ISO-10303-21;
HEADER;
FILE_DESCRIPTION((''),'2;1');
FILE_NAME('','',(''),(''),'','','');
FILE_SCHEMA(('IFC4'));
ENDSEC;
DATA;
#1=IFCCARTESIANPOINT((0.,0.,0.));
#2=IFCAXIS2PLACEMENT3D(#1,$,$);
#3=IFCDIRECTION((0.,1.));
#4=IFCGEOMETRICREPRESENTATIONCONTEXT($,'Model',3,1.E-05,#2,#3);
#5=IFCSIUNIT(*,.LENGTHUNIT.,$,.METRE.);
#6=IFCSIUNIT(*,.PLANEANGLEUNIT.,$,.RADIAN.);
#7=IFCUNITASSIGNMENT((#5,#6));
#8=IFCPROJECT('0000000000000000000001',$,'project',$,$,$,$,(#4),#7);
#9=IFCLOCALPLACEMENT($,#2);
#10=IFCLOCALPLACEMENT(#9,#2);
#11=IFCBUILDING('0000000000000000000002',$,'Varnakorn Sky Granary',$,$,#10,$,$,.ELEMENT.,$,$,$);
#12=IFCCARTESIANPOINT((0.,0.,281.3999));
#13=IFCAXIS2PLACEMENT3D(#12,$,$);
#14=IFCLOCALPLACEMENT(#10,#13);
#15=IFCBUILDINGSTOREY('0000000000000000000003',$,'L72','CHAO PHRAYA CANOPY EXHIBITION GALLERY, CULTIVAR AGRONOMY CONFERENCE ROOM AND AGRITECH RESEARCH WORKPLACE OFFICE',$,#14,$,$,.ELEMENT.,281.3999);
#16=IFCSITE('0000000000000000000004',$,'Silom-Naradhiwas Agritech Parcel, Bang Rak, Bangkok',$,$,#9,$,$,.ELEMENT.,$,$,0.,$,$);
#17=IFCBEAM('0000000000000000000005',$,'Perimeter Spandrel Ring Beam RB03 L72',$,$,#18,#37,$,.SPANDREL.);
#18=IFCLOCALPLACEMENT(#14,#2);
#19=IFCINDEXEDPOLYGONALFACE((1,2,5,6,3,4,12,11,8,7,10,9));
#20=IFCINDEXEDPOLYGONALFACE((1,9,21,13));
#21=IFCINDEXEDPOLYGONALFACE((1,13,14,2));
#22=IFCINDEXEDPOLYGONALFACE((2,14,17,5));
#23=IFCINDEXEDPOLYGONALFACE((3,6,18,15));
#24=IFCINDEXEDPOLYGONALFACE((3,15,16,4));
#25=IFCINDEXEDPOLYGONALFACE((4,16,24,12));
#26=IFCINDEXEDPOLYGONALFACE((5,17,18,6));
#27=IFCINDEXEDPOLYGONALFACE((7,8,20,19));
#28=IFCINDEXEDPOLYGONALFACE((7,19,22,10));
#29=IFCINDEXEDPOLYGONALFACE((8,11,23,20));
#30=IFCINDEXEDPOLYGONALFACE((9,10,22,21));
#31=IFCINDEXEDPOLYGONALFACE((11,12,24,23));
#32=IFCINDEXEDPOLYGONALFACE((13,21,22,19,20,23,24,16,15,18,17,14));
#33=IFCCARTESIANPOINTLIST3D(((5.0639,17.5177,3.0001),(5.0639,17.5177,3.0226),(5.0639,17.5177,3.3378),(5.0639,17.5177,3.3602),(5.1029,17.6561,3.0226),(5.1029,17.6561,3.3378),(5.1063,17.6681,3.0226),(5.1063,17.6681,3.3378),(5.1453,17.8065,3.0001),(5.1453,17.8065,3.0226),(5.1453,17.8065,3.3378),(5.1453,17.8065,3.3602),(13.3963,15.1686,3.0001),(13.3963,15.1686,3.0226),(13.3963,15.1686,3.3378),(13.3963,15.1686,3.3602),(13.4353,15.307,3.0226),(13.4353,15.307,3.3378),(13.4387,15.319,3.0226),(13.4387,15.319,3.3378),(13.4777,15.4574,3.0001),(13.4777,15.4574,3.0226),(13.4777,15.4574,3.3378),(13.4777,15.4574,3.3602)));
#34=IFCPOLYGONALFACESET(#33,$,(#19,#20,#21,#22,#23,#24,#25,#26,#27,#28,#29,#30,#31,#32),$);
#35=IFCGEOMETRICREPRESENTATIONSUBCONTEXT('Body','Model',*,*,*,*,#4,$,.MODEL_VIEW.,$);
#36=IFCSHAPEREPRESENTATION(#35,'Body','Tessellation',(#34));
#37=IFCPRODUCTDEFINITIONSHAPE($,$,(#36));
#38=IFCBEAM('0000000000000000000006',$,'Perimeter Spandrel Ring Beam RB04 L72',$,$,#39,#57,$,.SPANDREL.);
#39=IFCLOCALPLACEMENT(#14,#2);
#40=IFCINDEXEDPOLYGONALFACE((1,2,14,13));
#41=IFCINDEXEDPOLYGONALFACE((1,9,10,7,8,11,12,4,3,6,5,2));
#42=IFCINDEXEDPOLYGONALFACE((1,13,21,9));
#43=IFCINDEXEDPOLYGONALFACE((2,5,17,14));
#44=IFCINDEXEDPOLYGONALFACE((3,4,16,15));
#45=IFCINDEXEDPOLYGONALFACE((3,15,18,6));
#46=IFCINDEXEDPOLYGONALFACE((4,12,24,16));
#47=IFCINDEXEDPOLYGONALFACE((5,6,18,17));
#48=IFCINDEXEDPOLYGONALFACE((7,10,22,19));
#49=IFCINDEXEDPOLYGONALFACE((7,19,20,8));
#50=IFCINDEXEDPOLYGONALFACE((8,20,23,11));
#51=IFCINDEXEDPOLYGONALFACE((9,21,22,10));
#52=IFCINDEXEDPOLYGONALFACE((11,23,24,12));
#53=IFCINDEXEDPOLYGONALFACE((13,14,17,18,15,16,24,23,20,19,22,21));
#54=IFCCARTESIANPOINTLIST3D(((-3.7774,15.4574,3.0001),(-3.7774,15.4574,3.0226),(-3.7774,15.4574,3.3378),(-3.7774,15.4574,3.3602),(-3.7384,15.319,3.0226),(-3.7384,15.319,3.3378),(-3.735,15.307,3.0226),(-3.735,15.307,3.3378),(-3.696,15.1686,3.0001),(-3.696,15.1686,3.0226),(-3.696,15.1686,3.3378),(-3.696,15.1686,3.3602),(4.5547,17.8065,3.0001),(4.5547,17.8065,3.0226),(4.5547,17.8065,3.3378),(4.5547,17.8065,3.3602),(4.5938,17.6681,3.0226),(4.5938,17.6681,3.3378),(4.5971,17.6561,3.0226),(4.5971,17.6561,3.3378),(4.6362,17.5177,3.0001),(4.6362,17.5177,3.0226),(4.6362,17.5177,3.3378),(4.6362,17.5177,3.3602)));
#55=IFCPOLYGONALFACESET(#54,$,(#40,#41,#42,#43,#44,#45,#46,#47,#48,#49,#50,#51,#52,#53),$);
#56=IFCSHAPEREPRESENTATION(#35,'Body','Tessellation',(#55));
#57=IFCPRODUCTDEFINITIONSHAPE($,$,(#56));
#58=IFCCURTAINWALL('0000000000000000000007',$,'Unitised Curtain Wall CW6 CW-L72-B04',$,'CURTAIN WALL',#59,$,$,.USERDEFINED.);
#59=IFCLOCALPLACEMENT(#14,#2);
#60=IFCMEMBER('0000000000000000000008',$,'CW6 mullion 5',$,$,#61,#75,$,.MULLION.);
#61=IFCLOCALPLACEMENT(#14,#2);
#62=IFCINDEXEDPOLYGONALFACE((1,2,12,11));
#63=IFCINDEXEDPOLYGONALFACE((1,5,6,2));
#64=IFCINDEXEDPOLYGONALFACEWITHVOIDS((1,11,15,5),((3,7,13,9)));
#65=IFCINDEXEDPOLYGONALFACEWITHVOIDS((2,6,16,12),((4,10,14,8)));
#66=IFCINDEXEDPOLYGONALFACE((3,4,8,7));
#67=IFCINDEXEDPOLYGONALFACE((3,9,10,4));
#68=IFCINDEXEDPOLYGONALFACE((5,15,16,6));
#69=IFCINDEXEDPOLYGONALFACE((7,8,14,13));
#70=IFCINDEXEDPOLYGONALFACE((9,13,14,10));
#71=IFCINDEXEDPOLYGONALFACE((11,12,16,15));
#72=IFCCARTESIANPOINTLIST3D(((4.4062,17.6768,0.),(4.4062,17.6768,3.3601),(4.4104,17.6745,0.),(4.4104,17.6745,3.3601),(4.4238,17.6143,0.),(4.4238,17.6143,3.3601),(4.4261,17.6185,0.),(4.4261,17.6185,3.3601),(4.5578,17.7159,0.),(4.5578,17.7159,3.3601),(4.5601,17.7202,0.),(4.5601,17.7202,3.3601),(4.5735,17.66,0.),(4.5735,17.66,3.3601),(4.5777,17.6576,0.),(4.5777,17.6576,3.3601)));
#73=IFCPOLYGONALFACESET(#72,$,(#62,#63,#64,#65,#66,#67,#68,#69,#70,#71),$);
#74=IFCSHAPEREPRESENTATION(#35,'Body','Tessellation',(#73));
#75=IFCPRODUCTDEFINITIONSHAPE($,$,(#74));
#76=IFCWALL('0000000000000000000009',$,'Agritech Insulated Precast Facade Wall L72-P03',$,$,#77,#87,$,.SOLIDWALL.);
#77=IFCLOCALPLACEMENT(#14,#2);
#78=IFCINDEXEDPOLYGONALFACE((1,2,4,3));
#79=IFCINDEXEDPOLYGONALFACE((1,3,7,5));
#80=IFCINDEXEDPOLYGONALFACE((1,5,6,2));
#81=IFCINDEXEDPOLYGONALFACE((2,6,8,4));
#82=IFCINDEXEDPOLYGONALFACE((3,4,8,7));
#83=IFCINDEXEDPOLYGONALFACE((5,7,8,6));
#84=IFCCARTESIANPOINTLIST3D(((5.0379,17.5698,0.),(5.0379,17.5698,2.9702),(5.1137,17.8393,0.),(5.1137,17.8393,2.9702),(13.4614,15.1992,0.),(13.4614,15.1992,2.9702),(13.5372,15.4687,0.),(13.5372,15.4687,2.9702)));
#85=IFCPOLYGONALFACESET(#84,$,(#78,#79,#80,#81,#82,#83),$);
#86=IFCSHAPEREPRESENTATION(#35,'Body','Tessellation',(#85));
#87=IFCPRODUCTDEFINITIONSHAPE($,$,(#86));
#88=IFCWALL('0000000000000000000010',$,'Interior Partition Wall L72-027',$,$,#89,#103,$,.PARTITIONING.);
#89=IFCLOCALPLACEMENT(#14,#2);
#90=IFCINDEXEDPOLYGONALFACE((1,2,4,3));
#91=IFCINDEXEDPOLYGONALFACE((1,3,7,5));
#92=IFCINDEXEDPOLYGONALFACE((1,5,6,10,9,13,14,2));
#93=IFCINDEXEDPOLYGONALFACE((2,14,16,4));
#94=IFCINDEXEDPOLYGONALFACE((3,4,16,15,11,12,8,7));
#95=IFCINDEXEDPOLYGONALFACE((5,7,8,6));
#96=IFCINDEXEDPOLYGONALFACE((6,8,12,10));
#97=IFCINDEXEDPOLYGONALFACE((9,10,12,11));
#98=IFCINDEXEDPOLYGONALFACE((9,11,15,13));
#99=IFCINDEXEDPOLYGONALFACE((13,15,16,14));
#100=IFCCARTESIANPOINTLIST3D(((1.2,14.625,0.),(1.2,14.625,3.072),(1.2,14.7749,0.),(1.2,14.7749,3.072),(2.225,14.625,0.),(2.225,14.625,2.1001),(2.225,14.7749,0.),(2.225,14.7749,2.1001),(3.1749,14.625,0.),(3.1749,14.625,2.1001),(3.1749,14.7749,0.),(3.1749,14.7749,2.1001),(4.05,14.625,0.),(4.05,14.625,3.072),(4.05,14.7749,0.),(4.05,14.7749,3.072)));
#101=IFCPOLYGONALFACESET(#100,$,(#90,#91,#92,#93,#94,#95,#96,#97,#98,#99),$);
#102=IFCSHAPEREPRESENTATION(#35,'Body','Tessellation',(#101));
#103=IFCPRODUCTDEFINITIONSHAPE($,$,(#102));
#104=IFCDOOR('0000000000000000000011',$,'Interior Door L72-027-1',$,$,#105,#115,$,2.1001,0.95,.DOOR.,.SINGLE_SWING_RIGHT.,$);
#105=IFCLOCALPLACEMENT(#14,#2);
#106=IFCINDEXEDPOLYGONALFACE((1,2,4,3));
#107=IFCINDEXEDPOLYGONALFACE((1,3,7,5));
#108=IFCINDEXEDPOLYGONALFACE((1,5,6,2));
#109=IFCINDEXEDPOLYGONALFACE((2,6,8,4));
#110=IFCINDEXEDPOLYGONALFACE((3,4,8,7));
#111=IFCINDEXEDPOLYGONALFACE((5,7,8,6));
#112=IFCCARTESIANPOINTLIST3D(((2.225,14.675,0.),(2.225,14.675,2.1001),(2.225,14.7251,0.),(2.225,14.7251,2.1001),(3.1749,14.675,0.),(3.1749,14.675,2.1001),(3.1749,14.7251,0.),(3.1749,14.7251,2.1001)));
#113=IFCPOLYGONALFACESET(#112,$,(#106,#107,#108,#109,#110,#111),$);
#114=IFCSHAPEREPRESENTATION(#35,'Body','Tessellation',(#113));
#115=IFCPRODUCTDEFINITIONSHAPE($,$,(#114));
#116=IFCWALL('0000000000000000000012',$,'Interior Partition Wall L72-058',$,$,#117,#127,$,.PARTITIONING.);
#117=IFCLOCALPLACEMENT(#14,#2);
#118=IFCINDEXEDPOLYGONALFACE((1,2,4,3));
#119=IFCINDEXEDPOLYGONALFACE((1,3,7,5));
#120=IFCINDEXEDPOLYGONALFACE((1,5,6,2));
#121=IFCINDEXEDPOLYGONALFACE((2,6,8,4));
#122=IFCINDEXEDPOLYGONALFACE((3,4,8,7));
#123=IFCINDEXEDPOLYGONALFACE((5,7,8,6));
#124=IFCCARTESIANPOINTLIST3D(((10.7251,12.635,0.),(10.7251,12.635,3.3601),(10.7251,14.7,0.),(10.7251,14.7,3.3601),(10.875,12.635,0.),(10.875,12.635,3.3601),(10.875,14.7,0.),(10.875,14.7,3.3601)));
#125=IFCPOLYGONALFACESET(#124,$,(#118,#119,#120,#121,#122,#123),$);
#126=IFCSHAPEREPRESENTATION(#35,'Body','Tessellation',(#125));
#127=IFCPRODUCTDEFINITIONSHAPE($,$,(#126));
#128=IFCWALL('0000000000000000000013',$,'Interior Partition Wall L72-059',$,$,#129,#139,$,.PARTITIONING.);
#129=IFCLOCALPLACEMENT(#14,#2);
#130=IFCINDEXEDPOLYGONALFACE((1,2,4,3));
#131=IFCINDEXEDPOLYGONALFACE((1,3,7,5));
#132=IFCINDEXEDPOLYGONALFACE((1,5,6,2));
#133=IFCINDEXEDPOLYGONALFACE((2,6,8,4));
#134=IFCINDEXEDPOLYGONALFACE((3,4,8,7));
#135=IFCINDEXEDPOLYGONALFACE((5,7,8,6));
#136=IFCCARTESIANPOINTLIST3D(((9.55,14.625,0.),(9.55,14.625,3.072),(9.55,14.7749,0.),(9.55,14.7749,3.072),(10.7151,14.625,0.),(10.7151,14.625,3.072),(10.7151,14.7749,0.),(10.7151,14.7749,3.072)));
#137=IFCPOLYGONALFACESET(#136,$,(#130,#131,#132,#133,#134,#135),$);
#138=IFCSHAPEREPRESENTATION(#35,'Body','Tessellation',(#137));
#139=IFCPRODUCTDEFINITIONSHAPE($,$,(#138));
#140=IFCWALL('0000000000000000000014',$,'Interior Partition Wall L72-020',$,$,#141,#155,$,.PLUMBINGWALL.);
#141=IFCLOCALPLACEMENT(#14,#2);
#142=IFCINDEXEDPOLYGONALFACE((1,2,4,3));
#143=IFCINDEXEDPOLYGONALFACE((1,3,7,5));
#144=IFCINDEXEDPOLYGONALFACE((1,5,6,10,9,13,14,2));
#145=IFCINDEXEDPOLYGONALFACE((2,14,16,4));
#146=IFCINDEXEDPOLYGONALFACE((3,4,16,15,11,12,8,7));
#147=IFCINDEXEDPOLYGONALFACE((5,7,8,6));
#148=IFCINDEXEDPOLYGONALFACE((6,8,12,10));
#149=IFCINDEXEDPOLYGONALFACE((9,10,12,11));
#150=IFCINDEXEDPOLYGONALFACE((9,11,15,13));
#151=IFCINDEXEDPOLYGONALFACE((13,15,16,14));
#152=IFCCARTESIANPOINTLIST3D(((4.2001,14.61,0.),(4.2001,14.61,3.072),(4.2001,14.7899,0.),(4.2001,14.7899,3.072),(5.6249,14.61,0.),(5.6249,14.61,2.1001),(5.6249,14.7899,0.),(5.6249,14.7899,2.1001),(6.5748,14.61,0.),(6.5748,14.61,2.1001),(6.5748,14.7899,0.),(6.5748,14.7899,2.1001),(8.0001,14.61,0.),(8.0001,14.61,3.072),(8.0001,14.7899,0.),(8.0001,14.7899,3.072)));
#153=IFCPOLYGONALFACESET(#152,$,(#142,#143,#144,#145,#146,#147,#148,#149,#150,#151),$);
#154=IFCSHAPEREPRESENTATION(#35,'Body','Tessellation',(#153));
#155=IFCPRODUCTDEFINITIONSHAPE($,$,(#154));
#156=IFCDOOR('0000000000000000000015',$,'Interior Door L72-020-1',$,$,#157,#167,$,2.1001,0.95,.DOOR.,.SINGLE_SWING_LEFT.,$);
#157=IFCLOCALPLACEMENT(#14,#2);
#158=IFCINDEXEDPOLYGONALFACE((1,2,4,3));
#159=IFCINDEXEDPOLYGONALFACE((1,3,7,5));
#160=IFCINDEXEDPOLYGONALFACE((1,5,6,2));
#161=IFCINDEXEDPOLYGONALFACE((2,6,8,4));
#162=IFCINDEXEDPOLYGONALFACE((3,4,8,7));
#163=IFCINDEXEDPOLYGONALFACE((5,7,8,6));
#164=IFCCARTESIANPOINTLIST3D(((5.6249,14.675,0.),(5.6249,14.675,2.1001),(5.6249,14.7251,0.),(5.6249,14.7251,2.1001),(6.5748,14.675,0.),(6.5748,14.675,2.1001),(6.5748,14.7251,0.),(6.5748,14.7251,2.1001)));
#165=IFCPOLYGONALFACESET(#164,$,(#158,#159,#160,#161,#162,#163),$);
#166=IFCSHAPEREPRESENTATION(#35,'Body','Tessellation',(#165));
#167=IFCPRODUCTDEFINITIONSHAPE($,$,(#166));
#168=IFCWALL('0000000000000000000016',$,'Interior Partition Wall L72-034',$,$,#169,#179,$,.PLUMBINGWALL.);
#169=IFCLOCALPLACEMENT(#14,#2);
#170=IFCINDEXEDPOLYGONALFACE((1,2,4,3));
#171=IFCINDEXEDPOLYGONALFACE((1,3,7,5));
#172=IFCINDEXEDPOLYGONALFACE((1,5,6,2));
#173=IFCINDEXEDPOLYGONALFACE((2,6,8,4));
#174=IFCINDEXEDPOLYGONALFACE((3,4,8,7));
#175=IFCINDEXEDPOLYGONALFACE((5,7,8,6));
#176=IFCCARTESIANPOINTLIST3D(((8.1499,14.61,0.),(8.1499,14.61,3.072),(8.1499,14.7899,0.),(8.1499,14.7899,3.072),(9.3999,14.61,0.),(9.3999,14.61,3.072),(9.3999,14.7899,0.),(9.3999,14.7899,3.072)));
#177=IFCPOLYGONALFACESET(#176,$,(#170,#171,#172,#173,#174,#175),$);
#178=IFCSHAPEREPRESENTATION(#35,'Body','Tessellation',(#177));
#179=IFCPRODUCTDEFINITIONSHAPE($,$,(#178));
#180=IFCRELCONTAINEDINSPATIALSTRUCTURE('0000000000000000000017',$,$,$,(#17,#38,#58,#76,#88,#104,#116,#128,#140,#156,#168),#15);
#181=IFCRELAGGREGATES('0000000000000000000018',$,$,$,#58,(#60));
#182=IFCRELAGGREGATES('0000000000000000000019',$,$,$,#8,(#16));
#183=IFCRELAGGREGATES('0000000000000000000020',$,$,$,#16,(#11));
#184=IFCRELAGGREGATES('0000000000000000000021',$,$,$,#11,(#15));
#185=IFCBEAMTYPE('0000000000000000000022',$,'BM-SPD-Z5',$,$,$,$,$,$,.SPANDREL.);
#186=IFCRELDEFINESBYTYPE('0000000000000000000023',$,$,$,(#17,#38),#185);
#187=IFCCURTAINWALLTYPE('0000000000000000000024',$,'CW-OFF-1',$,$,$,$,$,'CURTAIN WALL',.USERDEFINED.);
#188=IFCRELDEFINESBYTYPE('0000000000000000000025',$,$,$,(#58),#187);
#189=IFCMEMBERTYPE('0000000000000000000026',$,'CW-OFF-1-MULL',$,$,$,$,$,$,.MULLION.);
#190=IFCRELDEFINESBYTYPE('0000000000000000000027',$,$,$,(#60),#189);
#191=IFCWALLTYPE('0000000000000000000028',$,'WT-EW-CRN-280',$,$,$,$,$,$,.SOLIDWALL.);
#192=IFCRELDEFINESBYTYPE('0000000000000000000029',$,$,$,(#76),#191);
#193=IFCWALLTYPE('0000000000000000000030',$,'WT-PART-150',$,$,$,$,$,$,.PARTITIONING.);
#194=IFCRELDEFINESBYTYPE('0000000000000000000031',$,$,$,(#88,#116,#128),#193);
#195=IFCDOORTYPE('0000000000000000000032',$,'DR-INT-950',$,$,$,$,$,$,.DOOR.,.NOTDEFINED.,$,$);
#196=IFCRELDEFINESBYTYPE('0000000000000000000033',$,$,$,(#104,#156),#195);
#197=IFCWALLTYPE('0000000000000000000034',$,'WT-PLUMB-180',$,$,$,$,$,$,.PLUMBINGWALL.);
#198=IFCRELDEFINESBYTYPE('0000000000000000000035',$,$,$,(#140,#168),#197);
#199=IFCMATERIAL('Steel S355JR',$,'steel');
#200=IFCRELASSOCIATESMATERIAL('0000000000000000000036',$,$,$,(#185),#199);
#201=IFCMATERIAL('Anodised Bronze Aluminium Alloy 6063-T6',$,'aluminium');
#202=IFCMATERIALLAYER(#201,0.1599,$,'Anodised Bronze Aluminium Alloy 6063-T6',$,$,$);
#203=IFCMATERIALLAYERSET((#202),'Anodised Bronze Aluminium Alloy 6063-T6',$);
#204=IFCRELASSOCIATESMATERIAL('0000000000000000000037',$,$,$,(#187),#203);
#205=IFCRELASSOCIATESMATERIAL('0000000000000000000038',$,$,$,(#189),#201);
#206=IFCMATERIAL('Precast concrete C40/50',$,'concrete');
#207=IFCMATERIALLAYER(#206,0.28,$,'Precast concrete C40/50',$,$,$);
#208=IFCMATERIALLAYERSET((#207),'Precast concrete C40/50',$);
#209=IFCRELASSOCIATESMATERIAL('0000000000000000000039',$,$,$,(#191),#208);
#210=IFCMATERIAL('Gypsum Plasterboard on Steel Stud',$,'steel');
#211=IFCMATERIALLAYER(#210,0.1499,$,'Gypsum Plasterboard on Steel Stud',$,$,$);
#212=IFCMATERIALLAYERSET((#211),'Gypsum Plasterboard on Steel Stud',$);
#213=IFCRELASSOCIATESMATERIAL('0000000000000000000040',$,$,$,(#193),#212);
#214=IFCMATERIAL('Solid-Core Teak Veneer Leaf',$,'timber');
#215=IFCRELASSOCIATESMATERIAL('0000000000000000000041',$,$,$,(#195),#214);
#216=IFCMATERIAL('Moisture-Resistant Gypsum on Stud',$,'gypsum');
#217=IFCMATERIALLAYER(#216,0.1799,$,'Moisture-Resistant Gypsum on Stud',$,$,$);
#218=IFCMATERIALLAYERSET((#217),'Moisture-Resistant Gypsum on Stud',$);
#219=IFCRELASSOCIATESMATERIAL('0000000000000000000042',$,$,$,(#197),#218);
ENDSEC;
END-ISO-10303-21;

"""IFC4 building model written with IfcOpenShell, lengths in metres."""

from ifc_helpers import new_model, si_unit, direction, frame, frame_2d, origin, origin_2d, place, context, subcontext, project, spatial, rectangle, hollow_rectangle, i_section, extrude, material, layer, layer_set, material_profile, profile_set, type_object, element, fill, aggregate, save


model = new_model("IFC4")

# Units and contexts
model_context = context("Model", 3, precision=1e-05, world=origin(), true_north=direction((0.0, 1.0)))
body_context = subcontext(model_context, "Body", "Model", "MODEL_VIEW")
ifc_project = project(units=[si_unit("LENGTHUNIT", "METRE"), si_unit("PLANEANGLEUNIT", "RADIAN")], contexts=[model_context])

# Site, building, storey
site_placement = place(None, origin())
site = spatial("IfcSite", under=ifc_project, at=site_placement, Name="Silom-Naradhiwas Agritech Parcel, Bang Rak, Bangkok", CompositionType="ELEMENT", RefElevation=0.0)
building_placement = place(site_placement, origin())
building = spatial("IfcBuilding", under=site, at=building_placement, Name="Varnakorn Sky Granary", CompositionType="ELEMENT")
storey_placement = place(building_placement, frame((0.0, 0.0, 281.3999)))
storey = spatial("IfcBuildingStorey", under=building, at=storey_placement, Name="L72", Description="CHAO PHRAYA CANOPY EXHIBITION GALLERY, CULTIVAR AGRONOMY CONFERENCE ROOM AND AGRITECH RESEARCH WORKPLACE OFFICE", CompositionType="ELEMENT", Elevation=281.3999)

# Beams
ifc_material_1 = material(Name="Steel S355JR", Category="steel")
ifc_material_profile_1 = material_profile(ifc_material_1, i_section(OverallWidth=0.3, OverallDepth=0.3601, WebThickness=0.0125, FlangeThickness=0.0225, at=origin_2d()), Name="HE 360 B")
ifc_profile_set_1 = profile_set([ifc_material_profile_1], Name="Steel S355JR")
beam_type_1 = type_object("IfcBeamType", Name="BM-SPD-Z5", PredefinedType="SPANDREL", material=ifc_profile_set_1)
beam_1_placement = place(storey_placement, frame((13.437, 15.313, 3.1802), z_axis=(-0.962482, 0.271345, 0.0), x_axis=(-0.271345, -0.962482, 0.0)))
element("IfcBeam", 1, at=beam_1_placement, inside=storey, type_object=beam_type_1, Name="Perimeter Spandrel Ring Beam RB03 L72", PredefinedType="SPANDREL", context=body_context, shape_type="SweptSolid", body=[
    extrude(i_section(OverallWidth=0.3, OverallDepth=0.3601, WebThickness=0.0125, FlangeThickness=0.0225, at=origin_2d()), origin(), (0.0, 0.0, 1.0), 8.6572),
])
beam_2_placement = place(storey_placement, frame((4.5955, 17.6621, 3.1802), z_axis=(-0.96248, -0.271352, 0.0), x_axis=(0.271352, -0.96248, 0.0)))
element("IfcBeam", 2, at=beam_2_placement, inside=storey, type_object=beam_type_1, Name="Perimeter Spandrel Ring Beam RB04 L72", PredefinedType="SPANDREL", context=body_context, shape_type="SweptSolid", body=[
    extrude(i_section(OverallWidth=0.3, OverallDepth=0.3601, WebThickness=0.0125, FlangeThickness=0.0225, at=origin_2d()), origin(), (0.0, 0.0, 1.0), 8.657),
])

# Curtain wall, member
ifc_material_2 = material(Name="Anodised Bronze Aluminium Alloy 6063-T6", Category="aluminium")
ifc_layer_1 = layer(ifc_material_2, 0.1599, Name="Anodised Bronze Aluminium Alloy 6063-T6")
ifc_layer_set_1 = layer_set([ifc_layer_1], Name="Anodised Bronze Aluminium Alloy 6063-T6")
curtain_wall_type = type_object("IfcCurtainWallType", Name="CW-OFF-1", ElementType="CURTAIN WALL", PredefinedType="USERDEFINED", material=ifc_layer_set_1)
curtain_wall_placement = place(storey_placement, origin())
curtain_wall = element("IfcCurtainWall", 3, at=curtain_wall_placement, inside=storey, type_object=curtain_wall_type, Name="Unitised Curtain Wall CW6 CW-L72-B04", ObjectType="CURTAIN WALL", PredefinedType="USERDEFINED")
ifc_material_profile_2 = material_profile(ifc_material_2, hollow_rectangle(XDim=0.0649, YDim=0.1599, WallThickness=0.0034, at=origin_2d()), Name="ALU MULL 65x160")
ifc_profile_set_2 = profile_set([ifc_material_profile_2], Name="Anodised Bronze Aluminium Alloy 6063-T6")
member_type = type_object("IfcMemberType", Name="CW-OFF-1-MULL", PredefinedType="MULLION", material=ifc_profile_set_2)
member_placement = place(storey_placement, frame((4.4919, 17.6672, 0.0), z_axis=(0.0, 0.0, 1.0), x_axis=(-0.270868, 0.962616, 0.0)))
member = element("IfcMember", 4, at=member_placement, type_object=member_type, Name="CW6 mullion 5", PredefinedType="MULLION", context=body_context, shape_type="SweptSolid", body=[
    extrude(hollow_rectangle(XDim=0.0649, YDim=0.1599, WallThickness=0.0034, at=origin_2d()), origin(), (0.0, 0.0, 1.0), 3.3601),
])
aggregate(curtain_wall, [member])

# Wall
ifc_material_3 = material(Name="Precast concrete C40/50", Category="concrete")
ifc_layer_2 = layer(ifc_material_3, 0.28, Name="Precast concrete C40/50")
ifc_layer_set_2 = layer_set([ifc_layer_2], Name="Precast concrete C40/50")
wall_type_1 = type_object("IfcWallType", Name="WT-EW-CRN-280", PredefinedType="SOLIDWALL", material=ifc_layer_set_2)
wall_1_placement = place(storey_placement, frame((5.0757, 17.7046, 0.0), z_axis=(0.0, 0.0, 1.0), x_axis=(0.962607, -0.270902, 0.0)))
element("IfcWall", 5, at=wall_1_placement, inside=storey, type_object=wall_type_1, Name="Agritech Insulated Precast Facade Wall L72-P03", PredefinedType="SOLIDWALL", context=body_context, shape_type="SweptSolid", body=[
    extrude(rectangle(XDim=8.7507, YDim=0.28, at=frame_2d((4.3755, 0.0))), origin(), (0.0, 0.0, 1.0), 2.9702),
])

# Wall, opening, door
ifc_material_4 = material(Name="Gypsum Plasterboard on Steel Stud", Category="steel")
ifc_layer_3 = layer(ifc_material_4, 0.1499, Name="Gypsum Plasterboard on Steel Stud")
ifc_layer_set_3 = layer_set([ifc_layer_3], Name="Gypsum Plasterboard on Steel Stud")
wall_type_2 = type_object("IfcWallType", Name="WT-PART-150", PredefinedType="PARTITIONING", material=ifc_layer_set_3)
wall_2_placement = place(storey_placement, frame((4.05, 14.7, 0.0), z_axis=(0.0, 0.0, 1.0), x_axis=(-1.0, 0.0, 0.0)))
wall_2 = element("IfcWall", 6, at=wall_2_placement, inside=storey, type_object=wall_type_2, Name="Interior Partition Wall L72-027", PredefinedType="PARTITIONING", context=body_context, shape_type="SweptSolid", body=[
    extrude(rectangle(XDim=2.8501, YDim=0.1499, at=frame_2d((1.425, 0.0))), origin(), (0.0, 0.0, 1.0), 3.072),
])
opening_1_placement = place(wall_2_placement, frame((0.875, 0.0, 0.0)))
opening_1 = element("IfcOpeningElement", 7, at=opening_1_placement, cuts=wall_2, PredefinedType="OPENING", context=body_context, shape_type="SweptSolid", body=[
    extrude(rectangle(XDim=0.95, YDim=2.1001, at=frame_2d((0.4751, 1.05))), frame((0.0, 0.085, 0.0), z_axis=(0.0, -1.0, 0.0), x_axis=(1.0, 0.0, 0.0)), (0.0, 0.0, 1.0), 0.1699),
])
ifc_material_5 = material(Name="Solid-Core Teak Veneer Leaf", Category="timber")
door_type = type_object("IfcDoorType", Name="DR-INT-950", OperationType="NOTDEFINED", PredefinedType="DOOR", material=ifc_material_5)
door_1_placement = place(opening_1_placement, origin())
door_1 = element("IfcDoor", 8, at=door_1_placement, inside=storey, type_object=door_type, Name="Interior Door L72-027-1", OperationType="SINGLE_SWING_RIGHT", OverallHeight=2.1001, OverallWidth=0.95, PredefinedType="DOOR", context=body_context, shape_type="SweptSolid", body=[
    extrude(rectangle(XDim=0.95, YDim=2.1001, at=frame_2d((0.4751, 1.05))), frame((0.0, 0.0249, 0.0), z_axis=(0.0, -1.0, 0.0), x_axis=(1.0, 0.0, 0.0)), (0.0, 0.0, 1.0), 0.05),
])
fill(opening_1, door_1)

# Walls
wall_3_placement = place(storey_placement, frame((10.8, 12.635, 0.0), z_axis=(0.0, 0.0, 1.0), x_axis=(0.0, 1.0, 0.0)))
element("IfcWall", 9, at=wall_3_placement, inside=storey, type_object=wall_type_2, Name="Interior Partition Wall L72-058", PredefinedType="PARTITIONING", context=body_context, shape_type="SweptSolid", body=[
    extrude(rectangle(XDim=2.0649, YDim=0.1499, at=frame_2d((1.0325, 0.0))), origin(), (0.0, 0.0, 1.0), 3.3601),
])
wall_4_placement = place(storey_placement, frame((10.7151, 14.7, 0.0), z_axis=(0.0, 0.0, 1.0), x_axis=(-1.0, 0.0, 0.0)))
element("IfcWall", 10, at=wall_4_placement, inside=storey, type_object=wall_type_2, Name="Interior Partition Wall L72-059", PredefinedType="PARTITIONING", context=body_context, shape_type="SweptSolid", body=[
    extrude(rectangle(XDim=1.165, YDim=0.1499, at=frame_2d((0.5825, 0.0))), origin(), (0.0, 0.0, 1.0), 3.072),
])

# Wall, opening, door
ifc_material_6 = material(Name="Moisture-Resistant Gypsum on Stud", Category="gypsum")
ifc_layer_4 = layer(ifc_material_6, 0.1799, Name="Moisture-Resistant Gypsum on Stud")
ifc_layer_set_4 = layer_set([ifc_layer_4], Name="Moisture-Resistant Gypsum on Stud")
wall_type_3 = type_object("IfcWallType", Name="WT-PLUMB-180", PredefinedType="PLUMBINGWALL", material=ifc_layer_set_4)
wall_5_placement = place(storey_placement, frame((8.0, 14.7, 0.0), z_axis=(0.0, 0.0, 1.0), x_axis=(-1.0, 0.0, 0.0)))
wall_5 = element("IfcWall", 11, at=wall_5_placement, inside=storey, type_object=wall_type_3, Name="Interior Partition Wall L72-020", PredefinedType="PLUMBINGWALL", context=body_context, shape_type="SweptSolid", body=[
    extrude(rectangle(XDim=3.8, YDim=0.1799, at=frame_2d((1.8999, 0.0))), origin(), (0.0, 0.0, 1.0), 3.072),
])
opening_2_placement = place(wall_5_placement, frame((1.425, 0.0, 0.0)))
opening_2 = element("IfcOpeningElement", 12, at=opening_2_placement, cuts=wall_5, PredefinedType="OPENING", context=body_context, shape_type="SweptSolid", body=[
    extrude(rectangle(XDim=0.95, YDim=2.1001, at=frame_2d((0.4751, 1.05))), frame((0.0, 0.1001, 0.0), z_axis=(0.0, -1.0, 0.0), x_axis=(1.0, 0.0, 0.0)), (0.0, 0.0, 1.0), 0.2),
])
door_2_placement = place(opening_2_placement, origin())
door_2 = element("IfcDoor", 13, at=door_2_placement, inside=storey, type_object=door_type, Name="Interior Door L72-020-1", OperationType="SINGLE_SWING_LEFT", OverallHeight=2.1001, OverallWidth=0.95, PredefinedType="DOOR", context=body_context, shape_type="SweptSolid", body=[
    extrude(rectangle(XDim=0.95, YDim=2.1001, at=frame_2d((0.4751, 1.05))), frame((0.0, 0.0249, 0.0), z_axis=(0.0, -1.0, 0.0), x_axis=(1.0, 0.0, 0.0)), (0.0, 0.0, 1.0), 0.05),
])
fill(opening_2, door_2)

# Wall
wall_6_placement = place(storey_placement, frame((9.3999, 14.7, 0.0), z_axis=(0.0, 0.0, 1.0), x_axis=(-1.0, 0.0, 0.0)))
element("IfcWall", 14, at=wall_6_placement, inside=storey, type_object=wall_type_3, Name="Interior Partition Wall L72-034", PredefinedType="PLUMBINGWALL", context=body_context, shape_type="SweptSolid", body=[
    extrude(rectangle(XDim=1.25, YDim=0.1799, at=frame_2d((0.625, 0.0))), origin(), (0.0, 0.0, 1.0), 3.072),
])

save(model, "model.ifc")
